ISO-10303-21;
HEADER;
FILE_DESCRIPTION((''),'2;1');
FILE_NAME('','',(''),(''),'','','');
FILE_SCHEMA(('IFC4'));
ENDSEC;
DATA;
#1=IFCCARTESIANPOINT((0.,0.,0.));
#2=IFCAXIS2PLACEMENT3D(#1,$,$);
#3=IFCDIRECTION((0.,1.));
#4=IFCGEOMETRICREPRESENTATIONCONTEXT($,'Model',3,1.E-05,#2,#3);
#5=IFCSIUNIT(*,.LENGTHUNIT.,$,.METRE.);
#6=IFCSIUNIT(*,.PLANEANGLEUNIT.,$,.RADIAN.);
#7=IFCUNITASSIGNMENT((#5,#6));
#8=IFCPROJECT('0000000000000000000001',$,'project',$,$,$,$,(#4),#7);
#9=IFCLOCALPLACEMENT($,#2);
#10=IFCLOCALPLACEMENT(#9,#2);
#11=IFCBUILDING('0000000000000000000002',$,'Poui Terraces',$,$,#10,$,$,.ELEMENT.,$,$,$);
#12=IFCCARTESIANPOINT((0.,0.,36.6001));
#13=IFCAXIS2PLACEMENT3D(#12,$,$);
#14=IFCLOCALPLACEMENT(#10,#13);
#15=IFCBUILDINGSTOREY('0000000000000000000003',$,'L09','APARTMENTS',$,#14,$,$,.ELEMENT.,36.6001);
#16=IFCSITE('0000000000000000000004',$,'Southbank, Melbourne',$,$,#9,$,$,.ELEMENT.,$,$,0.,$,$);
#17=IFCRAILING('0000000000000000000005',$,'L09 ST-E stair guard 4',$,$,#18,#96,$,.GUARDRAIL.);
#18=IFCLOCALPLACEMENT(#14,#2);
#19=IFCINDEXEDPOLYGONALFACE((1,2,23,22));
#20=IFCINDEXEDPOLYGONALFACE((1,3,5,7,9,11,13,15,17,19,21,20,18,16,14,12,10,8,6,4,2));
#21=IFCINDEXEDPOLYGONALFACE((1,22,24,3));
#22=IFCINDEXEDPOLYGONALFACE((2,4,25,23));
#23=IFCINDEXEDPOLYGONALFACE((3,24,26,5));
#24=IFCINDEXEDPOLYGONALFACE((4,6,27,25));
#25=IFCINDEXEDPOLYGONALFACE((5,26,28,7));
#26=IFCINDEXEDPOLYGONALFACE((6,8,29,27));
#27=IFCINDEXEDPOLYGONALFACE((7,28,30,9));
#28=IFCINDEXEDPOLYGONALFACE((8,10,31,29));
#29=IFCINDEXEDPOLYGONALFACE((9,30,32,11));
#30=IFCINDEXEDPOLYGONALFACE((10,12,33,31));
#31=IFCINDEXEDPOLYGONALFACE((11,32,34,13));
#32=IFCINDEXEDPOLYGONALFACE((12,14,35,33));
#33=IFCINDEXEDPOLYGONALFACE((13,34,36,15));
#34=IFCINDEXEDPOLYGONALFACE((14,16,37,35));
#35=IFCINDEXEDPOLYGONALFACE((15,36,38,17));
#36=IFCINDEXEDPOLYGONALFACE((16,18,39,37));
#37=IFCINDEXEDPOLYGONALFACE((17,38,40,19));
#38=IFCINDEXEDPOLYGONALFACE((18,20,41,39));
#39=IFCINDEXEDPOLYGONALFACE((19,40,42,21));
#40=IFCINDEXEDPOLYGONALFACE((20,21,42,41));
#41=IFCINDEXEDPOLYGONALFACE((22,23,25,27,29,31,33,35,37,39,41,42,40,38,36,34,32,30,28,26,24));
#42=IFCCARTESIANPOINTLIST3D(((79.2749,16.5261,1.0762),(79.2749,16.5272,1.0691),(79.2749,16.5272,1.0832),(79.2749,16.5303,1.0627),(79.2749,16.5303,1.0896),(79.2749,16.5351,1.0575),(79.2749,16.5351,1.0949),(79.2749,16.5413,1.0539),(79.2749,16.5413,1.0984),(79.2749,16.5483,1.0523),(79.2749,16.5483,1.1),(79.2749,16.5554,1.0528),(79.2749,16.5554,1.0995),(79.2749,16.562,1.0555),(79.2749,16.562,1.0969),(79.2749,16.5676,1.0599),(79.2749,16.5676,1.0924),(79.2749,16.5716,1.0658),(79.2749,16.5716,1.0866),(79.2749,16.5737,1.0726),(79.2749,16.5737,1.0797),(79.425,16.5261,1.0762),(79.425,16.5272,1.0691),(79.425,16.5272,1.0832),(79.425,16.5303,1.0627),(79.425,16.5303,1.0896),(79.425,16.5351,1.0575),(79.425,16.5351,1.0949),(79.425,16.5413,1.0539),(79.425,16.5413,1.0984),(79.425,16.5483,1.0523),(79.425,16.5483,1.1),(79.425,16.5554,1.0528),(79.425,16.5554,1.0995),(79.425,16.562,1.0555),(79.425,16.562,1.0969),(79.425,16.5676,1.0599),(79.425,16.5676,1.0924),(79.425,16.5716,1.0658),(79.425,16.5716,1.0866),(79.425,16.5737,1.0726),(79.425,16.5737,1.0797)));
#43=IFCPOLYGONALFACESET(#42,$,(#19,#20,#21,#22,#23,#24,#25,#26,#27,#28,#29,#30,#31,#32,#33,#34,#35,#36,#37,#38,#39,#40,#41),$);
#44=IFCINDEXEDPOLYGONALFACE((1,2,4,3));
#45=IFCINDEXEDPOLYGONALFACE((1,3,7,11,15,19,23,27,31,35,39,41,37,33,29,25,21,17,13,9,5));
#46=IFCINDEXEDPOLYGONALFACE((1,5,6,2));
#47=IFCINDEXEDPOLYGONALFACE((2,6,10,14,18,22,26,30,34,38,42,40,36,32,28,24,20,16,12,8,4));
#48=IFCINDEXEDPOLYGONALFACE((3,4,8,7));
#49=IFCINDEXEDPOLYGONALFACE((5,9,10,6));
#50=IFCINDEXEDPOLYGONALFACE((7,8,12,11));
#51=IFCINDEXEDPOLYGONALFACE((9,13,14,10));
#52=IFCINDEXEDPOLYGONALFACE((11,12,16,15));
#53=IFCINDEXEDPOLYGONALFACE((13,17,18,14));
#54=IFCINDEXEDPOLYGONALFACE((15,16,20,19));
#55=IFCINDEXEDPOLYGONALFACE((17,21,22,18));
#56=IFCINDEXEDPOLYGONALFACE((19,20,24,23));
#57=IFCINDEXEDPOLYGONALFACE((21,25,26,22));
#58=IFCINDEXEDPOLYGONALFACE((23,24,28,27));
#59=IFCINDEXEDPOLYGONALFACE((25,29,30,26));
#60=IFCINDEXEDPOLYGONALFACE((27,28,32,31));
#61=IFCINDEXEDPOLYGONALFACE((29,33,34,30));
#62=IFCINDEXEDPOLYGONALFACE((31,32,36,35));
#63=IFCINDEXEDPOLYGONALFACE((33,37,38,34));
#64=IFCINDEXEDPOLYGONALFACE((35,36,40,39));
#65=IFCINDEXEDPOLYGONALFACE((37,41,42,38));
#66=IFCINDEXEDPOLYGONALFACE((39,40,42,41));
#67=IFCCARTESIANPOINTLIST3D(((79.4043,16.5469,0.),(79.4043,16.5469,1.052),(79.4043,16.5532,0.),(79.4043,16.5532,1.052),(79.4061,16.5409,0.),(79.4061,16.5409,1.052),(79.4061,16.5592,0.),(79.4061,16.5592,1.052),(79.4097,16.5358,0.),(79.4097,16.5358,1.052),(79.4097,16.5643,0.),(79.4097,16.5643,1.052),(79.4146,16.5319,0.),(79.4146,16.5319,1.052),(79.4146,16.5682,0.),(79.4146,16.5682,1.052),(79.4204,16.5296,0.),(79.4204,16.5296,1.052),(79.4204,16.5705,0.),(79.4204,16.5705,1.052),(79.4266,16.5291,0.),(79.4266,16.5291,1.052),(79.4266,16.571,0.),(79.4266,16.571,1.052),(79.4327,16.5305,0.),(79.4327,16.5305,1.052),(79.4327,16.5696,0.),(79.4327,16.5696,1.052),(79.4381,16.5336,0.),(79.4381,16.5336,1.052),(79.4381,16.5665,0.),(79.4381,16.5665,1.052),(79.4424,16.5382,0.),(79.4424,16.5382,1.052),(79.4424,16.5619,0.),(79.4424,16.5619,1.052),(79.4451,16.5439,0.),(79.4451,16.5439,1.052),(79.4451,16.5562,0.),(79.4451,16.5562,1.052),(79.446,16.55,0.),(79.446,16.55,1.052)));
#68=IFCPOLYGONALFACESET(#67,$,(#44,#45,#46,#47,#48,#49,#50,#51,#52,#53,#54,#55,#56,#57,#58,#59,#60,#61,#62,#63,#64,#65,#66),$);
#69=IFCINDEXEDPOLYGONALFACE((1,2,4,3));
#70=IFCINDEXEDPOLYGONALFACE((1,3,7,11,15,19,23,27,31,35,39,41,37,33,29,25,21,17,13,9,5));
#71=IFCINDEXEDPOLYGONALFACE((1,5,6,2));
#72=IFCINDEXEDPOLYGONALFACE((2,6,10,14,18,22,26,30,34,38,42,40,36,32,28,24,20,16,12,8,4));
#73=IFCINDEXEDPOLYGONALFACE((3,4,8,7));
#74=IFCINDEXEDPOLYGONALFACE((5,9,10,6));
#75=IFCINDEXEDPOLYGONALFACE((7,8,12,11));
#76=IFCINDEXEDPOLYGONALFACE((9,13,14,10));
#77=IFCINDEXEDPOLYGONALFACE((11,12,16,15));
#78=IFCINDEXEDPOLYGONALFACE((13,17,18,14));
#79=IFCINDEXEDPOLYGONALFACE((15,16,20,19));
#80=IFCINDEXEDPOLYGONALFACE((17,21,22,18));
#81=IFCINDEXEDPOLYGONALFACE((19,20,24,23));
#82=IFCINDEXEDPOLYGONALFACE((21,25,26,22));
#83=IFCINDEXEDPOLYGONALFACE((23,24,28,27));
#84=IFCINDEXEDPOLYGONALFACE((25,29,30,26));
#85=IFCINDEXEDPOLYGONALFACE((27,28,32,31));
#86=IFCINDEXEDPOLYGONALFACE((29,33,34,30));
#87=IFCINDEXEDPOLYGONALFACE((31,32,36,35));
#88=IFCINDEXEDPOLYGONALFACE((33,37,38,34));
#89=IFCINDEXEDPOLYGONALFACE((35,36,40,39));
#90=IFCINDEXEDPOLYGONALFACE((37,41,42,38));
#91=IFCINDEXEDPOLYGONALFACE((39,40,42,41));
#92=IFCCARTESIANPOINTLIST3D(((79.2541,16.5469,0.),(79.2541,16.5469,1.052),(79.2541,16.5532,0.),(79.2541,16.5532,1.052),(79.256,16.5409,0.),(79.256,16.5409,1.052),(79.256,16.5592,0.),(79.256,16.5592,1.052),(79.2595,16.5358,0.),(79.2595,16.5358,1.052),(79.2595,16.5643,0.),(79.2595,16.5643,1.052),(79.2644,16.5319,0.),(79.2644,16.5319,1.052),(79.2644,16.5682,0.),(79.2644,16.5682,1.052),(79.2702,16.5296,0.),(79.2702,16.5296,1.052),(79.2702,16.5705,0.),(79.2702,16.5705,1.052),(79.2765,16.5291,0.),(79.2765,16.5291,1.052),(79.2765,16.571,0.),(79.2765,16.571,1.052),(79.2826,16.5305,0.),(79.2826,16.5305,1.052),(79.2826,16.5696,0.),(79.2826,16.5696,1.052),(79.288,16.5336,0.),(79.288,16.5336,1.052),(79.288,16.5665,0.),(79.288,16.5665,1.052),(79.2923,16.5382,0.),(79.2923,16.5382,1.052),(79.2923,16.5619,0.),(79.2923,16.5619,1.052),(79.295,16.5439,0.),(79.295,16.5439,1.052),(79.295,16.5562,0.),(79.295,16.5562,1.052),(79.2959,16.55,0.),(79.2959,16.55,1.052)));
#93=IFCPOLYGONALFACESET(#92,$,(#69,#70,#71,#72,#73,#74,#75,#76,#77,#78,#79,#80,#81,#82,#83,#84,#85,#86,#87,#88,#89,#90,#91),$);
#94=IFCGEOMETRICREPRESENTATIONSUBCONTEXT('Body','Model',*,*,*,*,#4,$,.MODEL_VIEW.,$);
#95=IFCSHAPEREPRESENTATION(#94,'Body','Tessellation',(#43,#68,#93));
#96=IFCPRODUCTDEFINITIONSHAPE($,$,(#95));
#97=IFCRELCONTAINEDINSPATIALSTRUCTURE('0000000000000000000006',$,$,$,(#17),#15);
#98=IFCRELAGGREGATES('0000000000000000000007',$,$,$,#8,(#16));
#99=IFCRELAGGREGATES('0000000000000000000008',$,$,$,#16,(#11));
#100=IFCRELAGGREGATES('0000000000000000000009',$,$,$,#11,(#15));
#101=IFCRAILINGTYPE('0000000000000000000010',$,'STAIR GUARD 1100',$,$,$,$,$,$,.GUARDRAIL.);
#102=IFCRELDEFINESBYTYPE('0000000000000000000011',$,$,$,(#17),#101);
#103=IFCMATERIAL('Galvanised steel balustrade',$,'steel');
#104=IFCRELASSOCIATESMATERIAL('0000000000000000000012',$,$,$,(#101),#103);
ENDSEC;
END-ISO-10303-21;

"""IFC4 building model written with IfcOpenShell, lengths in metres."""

from ifc_helpers import new_model, si_unit, direction, frame, origin, origin_2d, place, context, subcontext, project, spatial, circle, extrude, material, type_object, element, save


model = new_model("IFC4")

# Units and contexts
model_context = context("Model", 3, precision=1e-05, world=origin(), true_north=direction((0.0, 1.0)))
body_context = subcontext(model_context, "Body", "Model", "MODEL_VIEW")
ifc_project = project(units=[si_unit("LENGTHUNIT", "METRE"), si_unit("PLANEANGLEUNIT", "RADIAN")], contexts=[model_context])

# Site, building, storey
site_placement = place(None, origin())
site = spatial("IfcSite", under=ifc_project, at=site_placement, Name="Southbank, Melbourne", CompositionType="ELEMENT", RefElevation=0.0)
building_placement = place(site_placement, origin())
building = spatial("IfcBuilding", under=site, at=building_placement, Name="Poui Terraces", CompositionType="ELEMENT")
storey_placement = place(building_placement, frame((0.0, 0.0, 36.6001)))
storey = spatial("IfcBuildingStorey", under=building, at=storey_placement, Name="L09", Description="APARTMENTS", CompositionType="ELEMENT", Elevation=36.6001)

# Railing
ifc_material_1 = material(Name="Galvanised steel balustrade", Category="steel")
railing_type_1 = type_object("IfcRailingType", Name="STAIR GUARD 1100", PredefinedType="GUARDRAIL", material=ifc_material_1)
railing_1_placement = place(storey_placement, frame((79.425, 16.55, 0.0)))
element("IfcRailing", 1, at=railing_1_placement, inside=storey, type_object=railing_type_1, Name="L09 ST-E stair guard 4", PredefinedType="GUARDRAIL", context=body_context, shape_type="SweptSolid", body=[
    extrude(circle(Radius=0.0239, at=origin_2d()), frame((0.0, 0.0, 1.0762), z_axis=(-1.0, 0.0, 0.0), x_axis=(0.0, -1.0, 0.0)), (0.0, 0.0, 1.0), 0.1501),
    extrude(circle(Radius=0.021, at=origin_2d()), origin(), (0.0, 0.0, 1.0), 1.052),
    extrude(circle(Radius=0.021, at=origin_2d()), frame((-0.1501, 0.0, 0.0)), (0.0, 0.0, 1.0), 1.052),
])

save(model, "model.ifc")
